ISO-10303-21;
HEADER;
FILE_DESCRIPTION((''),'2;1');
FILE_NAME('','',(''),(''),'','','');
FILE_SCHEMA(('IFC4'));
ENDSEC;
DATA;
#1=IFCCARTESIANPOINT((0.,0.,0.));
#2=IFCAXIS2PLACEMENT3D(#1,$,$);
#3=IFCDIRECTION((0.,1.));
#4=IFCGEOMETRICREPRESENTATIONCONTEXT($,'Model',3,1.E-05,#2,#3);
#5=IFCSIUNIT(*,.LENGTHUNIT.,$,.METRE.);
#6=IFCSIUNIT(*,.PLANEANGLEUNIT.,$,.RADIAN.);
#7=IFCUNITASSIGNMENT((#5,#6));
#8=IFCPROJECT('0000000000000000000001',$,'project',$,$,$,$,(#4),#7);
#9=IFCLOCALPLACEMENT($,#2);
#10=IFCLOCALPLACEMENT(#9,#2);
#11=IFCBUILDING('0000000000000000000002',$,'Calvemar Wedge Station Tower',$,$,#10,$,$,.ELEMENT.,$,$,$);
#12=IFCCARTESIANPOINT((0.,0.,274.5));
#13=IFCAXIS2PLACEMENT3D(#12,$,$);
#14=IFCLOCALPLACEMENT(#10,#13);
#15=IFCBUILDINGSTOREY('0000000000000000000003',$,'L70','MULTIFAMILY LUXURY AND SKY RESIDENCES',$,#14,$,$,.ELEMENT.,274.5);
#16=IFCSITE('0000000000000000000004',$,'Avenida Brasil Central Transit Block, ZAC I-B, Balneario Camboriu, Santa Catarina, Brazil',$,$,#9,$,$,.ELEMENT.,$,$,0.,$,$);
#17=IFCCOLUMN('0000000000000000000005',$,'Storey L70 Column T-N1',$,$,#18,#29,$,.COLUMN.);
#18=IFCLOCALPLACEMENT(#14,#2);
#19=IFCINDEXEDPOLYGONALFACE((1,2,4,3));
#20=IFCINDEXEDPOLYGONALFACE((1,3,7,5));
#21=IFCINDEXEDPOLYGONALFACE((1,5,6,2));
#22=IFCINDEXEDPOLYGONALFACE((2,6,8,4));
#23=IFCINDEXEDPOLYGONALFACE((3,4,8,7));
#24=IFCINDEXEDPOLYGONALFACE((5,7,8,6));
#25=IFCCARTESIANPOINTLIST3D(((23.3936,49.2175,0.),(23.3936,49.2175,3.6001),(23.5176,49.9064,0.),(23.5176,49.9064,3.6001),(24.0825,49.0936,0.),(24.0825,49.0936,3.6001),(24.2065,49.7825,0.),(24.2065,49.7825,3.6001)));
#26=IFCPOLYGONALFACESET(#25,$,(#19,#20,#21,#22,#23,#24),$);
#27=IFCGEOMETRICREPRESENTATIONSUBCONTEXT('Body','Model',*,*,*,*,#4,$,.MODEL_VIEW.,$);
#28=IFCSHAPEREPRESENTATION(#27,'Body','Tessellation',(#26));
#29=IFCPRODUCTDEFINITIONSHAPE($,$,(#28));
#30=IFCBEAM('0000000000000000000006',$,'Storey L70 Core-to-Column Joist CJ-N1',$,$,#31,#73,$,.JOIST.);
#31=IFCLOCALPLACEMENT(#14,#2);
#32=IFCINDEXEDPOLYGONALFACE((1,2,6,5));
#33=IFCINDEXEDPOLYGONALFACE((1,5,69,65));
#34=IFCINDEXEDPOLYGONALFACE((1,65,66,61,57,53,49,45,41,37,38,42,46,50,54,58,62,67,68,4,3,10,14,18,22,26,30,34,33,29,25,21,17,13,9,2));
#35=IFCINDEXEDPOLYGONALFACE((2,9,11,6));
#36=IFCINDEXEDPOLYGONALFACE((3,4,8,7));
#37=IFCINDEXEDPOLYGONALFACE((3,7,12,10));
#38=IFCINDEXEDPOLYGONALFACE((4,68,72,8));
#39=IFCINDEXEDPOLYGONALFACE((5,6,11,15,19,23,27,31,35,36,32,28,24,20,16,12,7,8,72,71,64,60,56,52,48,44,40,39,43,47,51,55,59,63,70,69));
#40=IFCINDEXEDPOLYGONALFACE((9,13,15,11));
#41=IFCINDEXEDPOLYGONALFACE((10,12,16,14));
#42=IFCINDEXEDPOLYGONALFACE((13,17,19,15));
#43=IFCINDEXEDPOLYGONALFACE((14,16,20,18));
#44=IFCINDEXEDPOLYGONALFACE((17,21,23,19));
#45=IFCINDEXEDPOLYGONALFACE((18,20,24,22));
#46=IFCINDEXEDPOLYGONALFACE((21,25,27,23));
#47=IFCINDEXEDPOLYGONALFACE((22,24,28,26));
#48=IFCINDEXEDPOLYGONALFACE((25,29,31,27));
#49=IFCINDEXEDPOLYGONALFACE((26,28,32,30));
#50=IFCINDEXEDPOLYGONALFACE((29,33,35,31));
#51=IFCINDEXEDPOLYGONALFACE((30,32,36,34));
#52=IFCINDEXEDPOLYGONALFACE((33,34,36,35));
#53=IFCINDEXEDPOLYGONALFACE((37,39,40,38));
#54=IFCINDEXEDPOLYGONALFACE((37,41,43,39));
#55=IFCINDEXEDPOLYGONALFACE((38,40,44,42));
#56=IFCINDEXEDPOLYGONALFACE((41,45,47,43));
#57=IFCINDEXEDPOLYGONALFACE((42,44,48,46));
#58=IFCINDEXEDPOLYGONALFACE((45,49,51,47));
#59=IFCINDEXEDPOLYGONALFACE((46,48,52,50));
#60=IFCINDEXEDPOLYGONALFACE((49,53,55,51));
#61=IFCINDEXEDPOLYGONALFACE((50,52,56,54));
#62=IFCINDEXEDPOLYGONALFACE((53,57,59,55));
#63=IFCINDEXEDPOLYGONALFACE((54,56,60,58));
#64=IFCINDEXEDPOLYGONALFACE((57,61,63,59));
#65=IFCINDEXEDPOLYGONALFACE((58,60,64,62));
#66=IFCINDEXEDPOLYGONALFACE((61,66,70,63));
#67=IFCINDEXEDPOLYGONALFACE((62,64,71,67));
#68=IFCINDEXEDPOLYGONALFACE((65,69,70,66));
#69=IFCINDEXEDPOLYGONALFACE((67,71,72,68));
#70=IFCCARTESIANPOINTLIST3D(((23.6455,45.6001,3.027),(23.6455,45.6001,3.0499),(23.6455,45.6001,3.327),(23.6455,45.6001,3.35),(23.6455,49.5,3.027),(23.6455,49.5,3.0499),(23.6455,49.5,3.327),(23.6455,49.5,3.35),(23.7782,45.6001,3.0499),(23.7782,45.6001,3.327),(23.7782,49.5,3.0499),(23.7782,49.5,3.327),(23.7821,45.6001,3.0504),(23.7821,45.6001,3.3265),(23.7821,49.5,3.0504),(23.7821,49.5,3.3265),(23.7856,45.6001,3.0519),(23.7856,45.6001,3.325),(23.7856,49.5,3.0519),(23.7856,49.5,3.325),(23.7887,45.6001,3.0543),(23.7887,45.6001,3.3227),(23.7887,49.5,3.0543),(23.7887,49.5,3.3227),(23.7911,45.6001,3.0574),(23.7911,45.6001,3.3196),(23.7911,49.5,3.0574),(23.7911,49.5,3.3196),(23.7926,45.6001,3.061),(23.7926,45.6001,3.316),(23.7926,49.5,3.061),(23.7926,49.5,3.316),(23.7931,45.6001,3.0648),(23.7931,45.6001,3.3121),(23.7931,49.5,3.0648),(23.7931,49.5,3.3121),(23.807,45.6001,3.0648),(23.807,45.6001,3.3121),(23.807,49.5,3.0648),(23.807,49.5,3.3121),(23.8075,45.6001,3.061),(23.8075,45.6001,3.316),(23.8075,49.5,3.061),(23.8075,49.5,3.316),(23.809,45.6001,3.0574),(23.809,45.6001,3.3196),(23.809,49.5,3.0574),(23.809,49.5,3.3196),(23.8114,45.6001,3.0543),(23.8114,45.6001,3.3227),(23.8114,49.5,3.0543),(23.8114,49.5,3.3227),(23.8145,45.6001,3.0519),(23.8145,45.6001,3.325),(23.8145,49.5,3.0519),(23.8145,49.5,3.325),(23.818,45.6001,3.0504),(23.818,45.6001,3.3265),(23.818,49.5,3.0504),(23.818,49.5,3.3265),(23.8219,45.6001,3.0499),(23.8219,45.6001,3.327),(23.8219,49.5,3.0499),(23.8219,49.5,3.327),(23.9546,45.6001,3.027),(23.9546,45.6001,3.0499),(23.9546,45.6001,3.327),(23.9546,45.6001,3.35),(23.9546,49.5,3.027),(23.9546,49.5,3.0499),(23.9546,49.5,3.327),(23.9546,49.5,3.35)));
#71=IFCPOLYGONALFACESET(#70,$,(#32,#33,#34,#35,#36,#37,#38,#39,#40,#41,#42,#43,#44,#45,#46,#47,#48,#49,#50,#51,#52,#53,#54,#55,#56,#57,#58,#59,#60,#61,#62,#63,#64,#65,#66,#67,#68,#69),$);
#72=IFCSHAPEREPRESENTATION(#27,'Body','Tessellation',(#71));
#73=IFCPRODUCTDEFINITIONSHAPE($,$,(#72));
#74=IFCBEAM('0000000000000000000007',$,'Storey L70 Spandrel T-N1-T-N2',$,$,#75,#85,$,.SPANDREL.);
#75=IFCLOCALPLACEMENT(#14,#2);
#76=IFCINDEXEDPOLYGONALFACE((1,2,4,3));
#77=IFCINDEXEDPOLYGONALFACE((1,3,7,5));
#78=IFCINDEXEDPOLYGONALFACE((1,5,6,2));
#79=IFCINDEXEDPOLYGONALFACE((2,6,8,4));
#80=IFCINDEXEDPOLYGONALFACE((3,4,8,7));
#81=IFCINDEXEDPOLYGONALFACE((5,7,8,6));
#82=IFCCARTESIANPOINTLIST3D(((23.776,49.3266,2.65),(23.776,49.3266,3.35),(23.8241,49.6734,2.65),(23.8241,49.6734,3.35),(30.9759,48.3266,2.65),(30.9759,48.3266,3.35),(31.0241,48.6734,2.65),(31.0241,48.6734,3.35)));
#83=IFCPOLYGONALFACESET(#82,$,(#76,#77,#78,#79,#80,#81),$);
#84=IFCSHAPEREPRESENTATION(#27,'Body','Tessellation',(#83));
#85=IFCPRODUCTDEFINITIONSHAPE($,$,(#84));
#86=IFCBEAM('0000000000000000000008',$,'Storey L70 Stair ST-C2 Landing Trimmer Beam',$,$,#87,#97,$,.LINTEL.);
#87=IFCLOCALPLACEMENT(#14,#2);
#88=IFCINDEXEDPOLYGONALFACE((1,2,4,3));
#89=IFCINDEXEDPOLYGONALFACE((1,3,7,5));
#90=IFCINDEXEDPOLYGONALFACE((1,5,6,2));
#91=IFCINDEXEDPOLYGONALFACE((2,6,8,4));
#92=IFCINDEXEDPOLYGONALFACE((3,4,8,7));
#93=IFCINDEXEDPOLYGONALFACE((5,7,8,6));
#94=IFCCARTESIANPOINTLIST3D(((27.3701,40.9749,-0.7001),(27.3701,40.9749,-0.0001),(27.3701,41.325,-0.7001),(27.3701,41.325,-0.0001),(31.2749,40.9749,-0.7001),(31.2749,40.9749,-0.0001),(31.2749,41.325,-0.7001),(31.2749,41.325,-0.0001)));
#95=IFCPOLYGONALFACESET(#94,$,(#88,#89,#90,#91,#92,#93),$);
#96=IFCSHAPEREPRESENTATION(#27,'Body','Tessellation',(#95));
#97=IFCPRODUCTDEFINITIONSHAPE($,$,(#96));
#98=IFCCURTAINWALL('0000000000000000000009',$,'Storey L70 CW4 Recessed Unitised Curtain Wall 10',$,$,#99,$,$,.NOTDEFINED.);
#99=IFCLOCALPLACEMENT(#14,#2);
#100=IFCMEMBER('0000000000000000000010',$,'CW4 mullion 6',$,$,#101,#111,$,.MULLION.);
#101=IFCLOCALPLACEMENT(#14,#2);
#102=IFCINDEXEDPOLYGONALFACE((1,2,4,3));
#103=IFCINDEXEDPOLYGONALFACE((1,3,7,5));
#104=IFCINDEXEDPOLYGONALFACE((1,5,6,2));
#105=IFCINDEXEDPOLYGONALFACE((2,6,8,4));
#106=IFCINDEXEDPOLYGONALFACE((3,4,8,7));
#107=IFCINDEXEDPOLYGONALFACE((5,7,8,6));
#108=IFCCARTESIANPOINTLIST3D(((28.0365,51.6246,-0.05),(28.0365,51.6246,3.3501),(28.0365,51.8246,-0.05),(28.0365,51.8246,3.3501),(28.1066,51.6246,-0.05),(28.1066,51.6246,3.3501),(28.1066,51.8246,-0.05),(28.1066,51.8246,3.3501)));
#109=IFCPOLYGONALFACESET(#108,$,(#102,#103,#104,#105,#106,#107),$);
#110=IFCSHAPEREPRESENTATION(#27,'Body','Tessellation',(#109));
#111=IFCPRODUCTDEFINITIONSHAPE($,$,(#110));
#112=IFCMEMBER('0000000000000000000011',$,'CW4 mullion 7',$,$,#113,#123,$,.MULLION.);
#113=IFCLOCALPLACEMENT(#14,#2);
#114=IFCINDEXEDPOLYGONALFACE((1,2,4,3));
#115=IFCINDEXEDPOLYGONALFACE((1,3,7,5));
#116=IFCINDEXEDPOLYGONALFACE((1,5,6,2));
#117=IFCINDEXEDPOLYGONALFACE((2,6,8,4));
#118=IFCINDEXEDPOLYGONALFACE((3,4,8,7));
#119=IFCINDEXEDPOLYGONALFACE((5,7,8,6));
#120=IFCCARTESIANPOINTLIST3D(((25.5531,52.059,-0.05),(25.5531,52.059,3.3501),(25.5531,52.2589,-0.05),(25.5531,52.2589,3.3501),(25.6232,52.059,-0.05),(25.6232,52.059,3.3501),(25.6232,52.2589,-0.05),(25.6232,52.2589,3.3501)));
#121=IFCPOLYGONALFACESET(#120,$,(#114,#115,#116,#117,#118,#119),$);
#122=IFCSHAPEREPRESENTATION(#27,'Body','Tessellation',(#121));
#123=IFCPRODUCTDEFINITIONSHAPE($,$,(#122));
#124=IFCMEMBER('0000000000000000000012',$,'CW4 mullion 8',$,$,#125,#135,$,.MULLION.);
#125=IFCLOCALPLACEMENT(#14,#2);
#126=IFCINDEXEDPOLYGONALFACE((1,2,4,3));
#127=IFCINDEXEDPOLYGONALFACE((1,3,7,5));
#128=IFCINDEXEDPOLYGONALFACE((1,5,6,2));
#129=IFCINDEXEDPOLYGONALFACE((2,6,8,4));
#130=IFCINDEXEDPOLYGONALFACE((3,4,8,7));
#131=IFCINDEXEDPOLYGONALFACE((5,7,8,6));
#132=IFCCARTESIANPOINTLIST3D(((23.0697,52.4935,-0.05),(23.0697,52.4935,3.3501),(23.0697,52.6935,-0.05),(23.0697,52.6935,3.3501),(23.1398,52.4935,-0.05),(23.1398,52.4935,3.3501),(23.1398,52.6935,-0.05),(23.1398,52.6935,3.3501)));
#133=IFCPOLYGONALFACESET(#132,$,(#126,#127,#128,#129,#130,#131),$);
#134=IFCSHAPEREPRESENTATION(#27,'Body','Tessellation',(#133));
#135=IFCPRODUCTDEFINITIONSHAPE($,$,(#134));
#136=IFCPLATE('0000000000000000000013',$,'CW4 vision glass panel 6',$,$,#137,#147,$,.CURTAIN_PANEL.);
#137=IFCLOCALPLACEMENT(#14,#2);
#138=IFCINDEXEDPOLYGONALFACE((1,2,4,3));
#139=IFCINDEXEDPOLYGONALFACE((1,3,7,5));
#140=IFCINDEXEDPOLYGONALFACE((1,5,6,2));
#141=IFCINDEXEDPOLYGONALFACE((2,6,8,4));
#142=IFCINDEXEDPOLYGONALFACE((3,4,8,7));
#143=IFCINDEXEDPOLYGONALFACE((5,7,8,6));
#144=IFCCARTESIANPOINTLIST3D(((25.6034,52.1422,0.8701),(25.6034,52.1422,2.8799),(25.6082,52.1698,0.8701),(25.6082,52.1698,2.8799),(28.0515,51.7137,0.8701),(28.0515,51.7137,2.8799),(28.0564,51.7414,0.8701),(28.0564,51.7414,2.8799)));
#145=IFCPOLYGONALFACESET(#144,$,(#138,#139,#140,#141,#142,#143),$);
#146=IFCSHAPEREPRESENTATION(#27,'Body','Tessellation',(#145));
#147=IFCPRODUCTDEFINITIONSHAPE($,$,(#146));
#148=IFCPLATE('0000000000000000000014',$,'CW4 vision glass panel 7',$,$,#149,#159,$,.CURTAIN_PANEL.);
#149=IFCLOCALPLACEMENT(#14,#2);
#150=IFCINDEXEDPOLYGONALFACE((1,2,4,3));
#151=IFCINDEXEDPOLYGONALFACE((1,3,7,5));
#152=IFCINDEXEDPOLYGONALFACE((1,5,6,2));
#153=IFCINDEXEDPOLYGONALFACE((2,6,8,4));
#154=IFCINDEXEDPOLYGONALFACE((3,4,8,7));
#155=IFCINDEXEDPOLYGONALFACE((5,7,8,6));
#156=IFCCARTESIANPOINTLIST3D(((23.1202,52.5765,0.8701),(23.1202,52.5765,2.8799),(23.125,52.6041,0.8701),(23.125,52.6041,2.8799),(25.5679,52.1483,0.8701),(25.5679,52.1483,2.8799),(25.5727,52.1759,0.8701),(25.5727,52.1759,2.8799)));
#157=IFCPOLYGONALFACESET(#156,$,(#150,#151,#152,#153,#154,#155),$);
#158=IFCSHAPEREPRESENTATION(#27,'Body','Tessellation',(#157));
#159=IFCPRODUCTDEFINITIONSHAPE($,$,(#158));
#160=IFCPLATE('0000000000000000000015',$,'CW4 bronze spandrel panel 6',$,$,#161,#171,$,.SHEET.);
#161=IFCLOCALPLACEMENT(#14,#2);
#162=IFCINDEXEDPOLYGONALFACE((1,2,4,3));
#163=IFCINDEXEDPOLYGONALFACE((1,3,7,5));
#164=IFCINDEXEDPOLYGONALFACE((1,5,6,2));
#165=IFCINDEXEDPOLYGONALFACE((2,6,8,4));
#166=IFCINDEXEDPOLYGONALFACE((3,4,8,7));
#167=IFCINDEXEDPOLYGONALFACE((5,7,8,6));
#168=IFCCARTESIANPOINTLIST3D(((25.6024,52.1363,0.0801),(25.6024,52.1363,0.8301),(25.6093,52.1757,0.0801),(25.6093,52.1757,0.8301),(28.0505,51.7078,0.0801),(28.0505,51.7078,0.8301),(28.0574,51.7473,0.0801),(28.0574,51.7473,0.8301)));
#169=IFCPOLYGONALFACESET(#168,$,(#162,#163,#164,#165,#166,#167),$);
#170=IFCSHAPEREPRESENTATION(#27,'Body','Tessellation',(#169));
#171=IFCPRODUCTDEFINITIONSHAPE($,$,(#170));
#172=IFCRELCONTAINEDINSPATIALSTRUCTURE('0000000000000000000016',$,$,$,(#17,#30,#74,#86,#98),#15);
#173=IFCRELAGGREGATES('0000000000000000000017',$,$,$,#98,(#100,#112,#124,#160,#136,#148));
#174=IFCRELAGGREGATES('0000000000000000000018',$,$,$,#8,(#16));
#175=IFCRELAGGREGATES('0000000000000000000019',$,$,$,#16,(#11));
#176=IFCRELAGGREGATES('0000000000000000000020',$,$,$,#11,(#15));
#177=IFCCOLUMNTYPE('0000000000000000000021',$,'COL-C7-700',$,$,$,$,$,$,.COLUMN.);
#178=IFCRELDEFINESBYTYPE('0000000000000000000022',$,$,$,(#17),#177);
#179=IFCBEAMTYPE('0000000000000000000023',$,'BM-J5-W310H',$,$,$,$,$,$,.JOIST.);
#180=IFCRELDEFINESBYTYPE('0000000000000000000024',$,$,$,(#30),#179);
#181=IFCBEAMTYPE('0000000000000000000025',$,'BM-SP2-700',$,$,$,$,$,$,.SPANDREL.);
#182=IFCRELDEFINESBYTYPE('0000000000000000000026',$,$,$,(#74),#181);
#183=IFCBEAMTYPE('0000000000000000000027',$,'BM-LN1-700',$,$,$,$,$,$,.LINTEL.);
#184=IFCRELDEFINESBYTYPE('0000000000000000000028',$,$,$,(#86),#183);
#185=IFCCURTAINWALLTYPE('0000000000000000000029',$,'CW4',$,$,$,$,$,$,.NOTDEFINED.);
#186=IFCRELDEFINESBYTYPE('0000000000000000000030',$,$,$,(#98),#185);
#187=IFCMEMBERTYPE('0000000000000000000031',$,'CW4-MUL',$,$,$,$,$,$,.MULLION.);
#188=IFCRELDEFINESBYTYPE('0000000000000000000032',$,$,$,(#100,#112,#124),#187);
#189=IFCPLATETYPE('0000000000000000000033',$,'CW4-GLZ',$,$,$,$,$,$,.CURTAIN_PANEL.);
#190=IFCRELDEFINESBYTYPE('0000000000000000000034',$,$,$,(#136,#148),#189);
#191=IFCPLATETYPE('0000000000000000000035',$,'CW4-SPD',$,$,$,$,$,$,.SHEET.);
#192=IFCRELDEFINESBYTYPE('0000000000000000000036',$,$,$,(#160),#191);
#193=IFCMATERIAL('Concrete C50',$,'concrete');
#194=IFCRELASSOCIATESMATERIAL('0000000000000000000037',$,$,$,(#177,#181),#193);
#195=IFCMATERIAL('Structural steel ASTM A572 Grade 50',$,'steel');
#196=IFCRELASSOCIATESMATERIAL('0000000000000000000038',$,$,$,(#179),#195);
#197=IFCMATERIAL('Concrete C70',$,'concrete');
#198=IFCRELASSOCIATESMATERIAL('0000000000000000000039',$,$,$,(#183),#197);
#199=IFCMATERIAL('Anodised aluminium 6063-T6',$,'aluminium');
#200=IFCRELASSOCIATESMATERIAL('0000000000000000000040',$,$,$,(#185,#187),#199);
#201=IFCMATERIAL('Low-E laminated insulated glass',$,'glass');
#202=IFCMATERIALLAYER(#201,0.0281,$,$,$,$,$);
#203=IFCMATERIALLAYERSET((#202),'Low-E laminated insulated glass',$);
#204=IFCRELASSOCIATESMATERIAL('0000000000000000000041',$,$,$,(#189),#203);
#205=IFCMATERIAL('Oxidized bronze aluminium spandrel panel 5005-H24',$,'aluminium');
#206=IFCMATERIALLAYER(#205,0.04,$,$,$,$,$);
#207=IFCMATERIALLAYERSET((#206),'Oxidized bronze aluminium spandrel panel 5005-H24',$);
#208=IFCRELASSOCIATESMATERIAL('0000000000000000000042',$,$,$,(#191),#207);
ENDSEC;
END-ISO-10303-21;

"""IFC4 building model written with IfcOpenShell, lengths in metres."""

from ifc_helpers import new_model, si_unit, direction, frame, frame_2d, origin, origin_2d, place, context, subcontext, project, spatial, rectangle, i_section, extrude, source, transform, mapped, material, layer, layer_set, material_profile, profile_set, type_object, element, aggregate, save


model = new_model("IFC4")

# Units and contexts
model_context = context("Model", 3, precision=1e-05, world=origin(), true_north=direction((0.0, 1.0)))
body_context = subcontext(model_context, "Body", "Model", "MODEL_VIEW")
ifc_project = project(units=[si_unit("LENGTHUNIT", "METRE"), si_unit("PLANEANGLEUNIT", "RADIAN")], contexts=[model_context])

# Site, building, storey
site_placement = place(None, origin())
site = spatial("IfcSite", under=ifc_project, at=site_placement, Name="Avenida Brasil Central Transit Block, ZAC I-B, Balneario Camboriu, Santa Catarina, Brazil", CompositionType="ELEMENT", RefElevation=0.0)
building_placement = place(site_placement, origin())
building = spatial("IfcBuilding", under=site, at=building_placement, Name="Calvemar Wedge Station Tower", CompositionType="ELEMENT")
storey_placement = place(building_placement, frame((0.0, 0.0, 274.5)))
storey = spatial("IfcBuildingStorey", under=building, at=storey_placement, Name="L70", Description="MULTIFAMILY LUXURY AND SKY RESIDENCES", CompositionType="ELEMENT", Elevation=274.5)

# Column
ifc_material_1 = material(Name="Concrete C50", Category="concrete")
ifc_material_profile_1 = material_profile(ifc_material_1, rectangle(XDim=0.7, YDim=0.7, at=origin_2d()), Name="RC700x700")
ifc_profile_set_1 = profile_set([ifc_material_profile_1], Name="Concrete C50")
column_type = type_object("IfcColumnType", Name="COL-C7-700", PredefinedType="COLUMN", material=ifc_profile_set_1)
shared_shape_1 = source(origin(), body_context, "Body", "SweptSolid", [
    extrude(rectangle(XDim=0.7, YDim=0.7, at=origin_2d()), origin(), (0.0, 0.0, 1.0), 3.6001),
])
column_placement = place(storey_placement, frame((23.8, 49.5, 0.0), z_axis=(0.0, 0.0, 1.0), x_axis=(0.984196, -0.177085, 0.0)))
element("IfcColumn", 1, at=column_placement, inside=storey, type_object=column_type, Name="Storey L70 Column T-N1", PredefinedType="COLUMN", context=body_context, shape_type="MappedRepresentation", body=[
    mapped(shared_shape_1, transform((0.0, 0.0, 0.0), scale=1.0)),
])

# Beams
ifc_material_2 = material(Name="Structural steel ASTM A572 Grade 50", Category="steel")
ifc_material_profile_2 = material_profile(ifc_material_2, i_section(OverallWidth=0.3091, OverallDepth=0.323, WebThickness=0.0139, FlangeThickness=0.0229, FilletRadius=0.0149, at=origin_2d()), Name="W310x143")
ifc_profile_set_2 = profile_set([ifc_material_profile_2], Name="Structural steel ASTM A572 Grade 50")
beam_type_1 = type_object("IfcBeamType", Name="BM-J5-W310H", PredefinedType="JOIST", material=ifc_profile_set_2)
shared_shape_2 = source(origin(), body_context, "Body", "SweptSolid", [
    extrude(i_section(OverallWidth=0.3091, OverallDepth=0.323, WebThickness=0.0139, FlangeThickness=0.0229, FilletRadius=0.0149, at=origin_2d()), origin(), (0.0, 0.0, 1.0), 3.8999),
])
beam_1_placement = place(storey_placement, frame((23.8, 45.6001, 3.1885), z_axis=(0.0, 1.0, 0.0), x_axis=(-1.0, 0.0, 0.0)))
element("IfcBeam", 2, at=beam_1_placement, inside=storey, type_object=beam_type_1, Name="Storey L70 Core-to-Column Joist CJ-N1", PredefinedType="JOIST", context=body_context, shape_type="MappedRepresentation", body=[
    mapped(shared_shape_2, transform((0.0, 0.0, 0.0), scale=1.0)),
])
ifc_material_profile_3 = material_profile(ifc_material_1, rectangle(XDim=0.3501, YDim=0.7, at=origin_2d()), Name="RC350x700")
ifc_profile_set_3 = profile_set([ifc_material_profile_3], Name="Concrete C50")
beam_type_2 = type_object("IfcBeamType", Name="BM-SP2-700", PredefinedType="SPANDREL", material=ifc_profile_set_3)
shared_shape_3 = source(origin(), body_context, "Body", "SweptSolid", [
    extrude(rectangle(XDim=0.3501, YDim=0.7, at=origin_2d()), origin(), (0.0, 0.0, 1.0), 7.269),
])
beam_2_placement = place(storey_placement, frame((23.8, 49.5, 3.0), z_axis=(0.990492, -0.137569, 0.0), x_axis=(0.137569, 0.990492, 0.0)))
element("IfcBeam", 3, at=beam_2_placement, inside=storey, type_object=beam_type_2, Name="Storey L70 Spandrel T-N1-T-N2", PredefinedType="SPANDREL", context=body_context, shape_type="MappedRepresentation", body=[
    mapped(shared_shape_3, transform((0.0, 0.0, 0.0), scale=1.0)),
])
ifc_material_3 = material(Name="Concrete C70", Category="concrete")
ifc_material_profile_4 = material_profile(ifc_material_3, rectangle(XDim=0.3501, YDim=0.7, at=origin_2d()), Name="RC350x700")
ifc_profile_set_4 = profile_set([ifc_material_profile_4], Name="Concrete C70")
beam_type_3 = type_object("IfcBeamType", Name="BM-LN1-700", PredefinedType="LINTEL", material=ifc_profile_set_4)
shared_shape_4 = source(origin(), body_context, "Body", "SweptSolid", [
    extrude(rectangle(XDim=0.3501, YDim=0.7, at=origin_2d()), origin(), (0.0, 0.0, 1.0), 3.9048),
])
beam_3_placement = place(storey_placement, frame((27.3701, 41.1499, -0.3501), z_axis=(1.0, 0.0, 0.0), x_axis=(0.0, 1.0, 0.0)))
element("IfcBeam", 4, at=beam_3_placement, inside=storey, type_object=beam_type_3, Name="Storey L70 Stair ST-C2 Landing Trimmer Beam", PredefinedType="LINTEL", context=body_context, shape_type="MappedRepresentation", body=[
    mapped(shared_shape_4, transform((0.0, 0.0, 0.0), scale=1.0)),
])

# Curtain wall, members, plates
ifc_material_4 = material(Name="Anodised aluminium 6063-T6", Category="aluminium")
curtain_wall_type = type_object("IfcCurtainWallType", Name="CW4", PredefinedType="NOTDEFINED", material=ifc_material_4)
curtain_wall_placement = place(storey_placement, origin())
curtain_wall = element("IfcCurtainWall", 5, at=curtain_wall_placement, inside=storey, type_object=curtain_wall_type, Name="Storey L70 CW4 Recessed Unitised Curtain Wall 10", PredefinedType="NOTDEFINED")
ifc_material_profile_5 = material_profile(ifc_material_4, rectangle(XDim=0.0701, YDim=0.2, at=origin_2d()), Name="AL-MUL-70x200")
ifc_profile_set_5 = profile_set([ifc_material_profile_5], Name="Anodised aluminium 6063-T6")
member_type = type_object("IfcMemberType", Name="CW4-MUL", PredefinedType="MULLION", material=ifc_profile_set_5)
shared_shape_5 = source(origin(), body_context, "Body", "SweptSolid", [
    extrude(rectangle(XDim=0.0701, YDim=0.2, at=origin_2d()), origin(), (0.0, 0.0, 1.0), 3.4001),
])
member_1_placement = place(storey_placement, frame((28.0715, 51.7246, -0.05), z_axis=(0.0, 0.0, 1.0), x_axis=(1.0, 0.0, 0.0)))
member_1 = element("IfcMember", 6, at=member_1_placement, type_object=member_type, Name="CW4 mullion 6", PredefinedType="MULLION", context=body_context, shape_type="MappedRepresentation", body=[
    mapped(shared_shape_5, transform((0.0, 0.0, 0.0), scale=1.0)),
])
member_2_placement = place(storey_placement, frame((25.5881, 52.1589, -0.05), z_axis=(0.0, 0.0, 1.0), x_axis=(1.0, 0.0, 0.0)))
member_2 = element("IfcMember", 7, at=member_2_placement, type_object=member_type, Name="CW4 mullion 7", PredefinedType="MULLION", context=body_context, shape_type="MappedRepresentation", body=[
    mapped(shared_shape_5, transform((0.0, 0.0, 0.0), scale=1.0)),
])
member_3_placement = place(storey_placement, frame((23.1047, 52.5935, -0.05), z_axis=(0.0, 0.0, 1.0), x_axis=(1.0, 0.0, 0.0)))
member_3 = element("IfcMember", 8, at=member_3_placement, type_object=member_type, Name="CW4 mullion 8", PredefinedType="MULLION", context=body_context, shape_type="MappedRepresentation", body=[
    mapped(shared_shape_5, transform((0.0, 0.0, 0.0), scale=1.0)),
])
ifc_material_5 = material(Name="Low-E laminated insulated glass", Category="glass")
ifc_layer_1 = layer(ifc_material_5, 0.0281)
ifc_layer_set_1 = layer_set([ifc_layer_1], Name="Low-E laminated insulated glass")
plate_type_1 = type_object("IfcPlateType", Name="CW4-GLZ", PredefinedType="CURTAIN_PANEL", material=ifc_layer_set_1)
plate_1_placement = place(storey_placement, frame((28.054, 51.7275, 0.8701), z_axis=(0.0, 0.0, 1.0), x_axis=(-0.985029, 0.17239, 0.0)))
plate_1 = element("IfcPlate", 9, at=plate_1_placement, type_object=plate_type_1, Name="CW4 vision glass panel 6", PredefinedType="CURTAIN_PANEL", context=body_context, shape_type="SweptSolid", body=[
    extrude(rectangle(XDim=2.4854, YDim=0.0281, at=frame_2d((1.2427, 0.0))), origin(), (0.0, 0.0, 1.0), 2.0098),
])
plate_2_placement = place(storey_placement, frame((25.5703, 52.1621, 0.8701), z_axis=(0.0, 0.0, 1.0), x_axis=(-0.98504, 0.172328, 0.0)))
plate_2 = element("IfcPlate", 10, at=plate_2_placement, type_object=plate_type_1, Name="CW4 vision glass panel 7", PredefinedType="CURTAIN_PANEL", context=body_context, shape_type="SweptSolid", body=[
    extrude(rectangle(XDim=2.4849, YDim=0.0281, at=frame_2d((1.2424, 0.0))), origin(), (0.0, 0.0, 1.0), 2.0098),
])
ifc_material_6 = material(Name="Oxidized bronze aluminium spandrel panel 5005-H24", Category="aluminium")
ifc_layer_2 = layer(ifc_material_6, 0.04)
ifc_layer_set_2 = layer_set([ifc_layer_2], Name="Oxidized bronze aluminium spandrel panel 5005-H24")
plate_type_2 = type_object("IfcPlateType", Name="CW4-SPD", PredefinedType="SHEET", material=ifc_layer_set_2)
plate_3_placement = place(storey_placement, frame((28.054, 51.7275, 0.0801), z_axis=(0.0, 0.0, 1.0), x_axis=(-0.985029, 0.17239, 0.0)))
plate_3 = element("IfcPlate", 11, at=plate_3_placement, type_object=plate_type_2, Name="CW4 bronze spandrel panel 6", PredefinedType="SHEET", context=body_context, shape_type="SweptSolid", body=[
    extrude(rectangle(XDim=2.4854, YDim=0.04, at=frame_2d((1.2427, 0.0))), origin(), (0.0, 0.0, 1.0), 0.75),
])
aggregate(curtain_wall, [member_1, member_2, member_3, plate_3, plate_1, plate_2])

save(model, "model.ifc")
